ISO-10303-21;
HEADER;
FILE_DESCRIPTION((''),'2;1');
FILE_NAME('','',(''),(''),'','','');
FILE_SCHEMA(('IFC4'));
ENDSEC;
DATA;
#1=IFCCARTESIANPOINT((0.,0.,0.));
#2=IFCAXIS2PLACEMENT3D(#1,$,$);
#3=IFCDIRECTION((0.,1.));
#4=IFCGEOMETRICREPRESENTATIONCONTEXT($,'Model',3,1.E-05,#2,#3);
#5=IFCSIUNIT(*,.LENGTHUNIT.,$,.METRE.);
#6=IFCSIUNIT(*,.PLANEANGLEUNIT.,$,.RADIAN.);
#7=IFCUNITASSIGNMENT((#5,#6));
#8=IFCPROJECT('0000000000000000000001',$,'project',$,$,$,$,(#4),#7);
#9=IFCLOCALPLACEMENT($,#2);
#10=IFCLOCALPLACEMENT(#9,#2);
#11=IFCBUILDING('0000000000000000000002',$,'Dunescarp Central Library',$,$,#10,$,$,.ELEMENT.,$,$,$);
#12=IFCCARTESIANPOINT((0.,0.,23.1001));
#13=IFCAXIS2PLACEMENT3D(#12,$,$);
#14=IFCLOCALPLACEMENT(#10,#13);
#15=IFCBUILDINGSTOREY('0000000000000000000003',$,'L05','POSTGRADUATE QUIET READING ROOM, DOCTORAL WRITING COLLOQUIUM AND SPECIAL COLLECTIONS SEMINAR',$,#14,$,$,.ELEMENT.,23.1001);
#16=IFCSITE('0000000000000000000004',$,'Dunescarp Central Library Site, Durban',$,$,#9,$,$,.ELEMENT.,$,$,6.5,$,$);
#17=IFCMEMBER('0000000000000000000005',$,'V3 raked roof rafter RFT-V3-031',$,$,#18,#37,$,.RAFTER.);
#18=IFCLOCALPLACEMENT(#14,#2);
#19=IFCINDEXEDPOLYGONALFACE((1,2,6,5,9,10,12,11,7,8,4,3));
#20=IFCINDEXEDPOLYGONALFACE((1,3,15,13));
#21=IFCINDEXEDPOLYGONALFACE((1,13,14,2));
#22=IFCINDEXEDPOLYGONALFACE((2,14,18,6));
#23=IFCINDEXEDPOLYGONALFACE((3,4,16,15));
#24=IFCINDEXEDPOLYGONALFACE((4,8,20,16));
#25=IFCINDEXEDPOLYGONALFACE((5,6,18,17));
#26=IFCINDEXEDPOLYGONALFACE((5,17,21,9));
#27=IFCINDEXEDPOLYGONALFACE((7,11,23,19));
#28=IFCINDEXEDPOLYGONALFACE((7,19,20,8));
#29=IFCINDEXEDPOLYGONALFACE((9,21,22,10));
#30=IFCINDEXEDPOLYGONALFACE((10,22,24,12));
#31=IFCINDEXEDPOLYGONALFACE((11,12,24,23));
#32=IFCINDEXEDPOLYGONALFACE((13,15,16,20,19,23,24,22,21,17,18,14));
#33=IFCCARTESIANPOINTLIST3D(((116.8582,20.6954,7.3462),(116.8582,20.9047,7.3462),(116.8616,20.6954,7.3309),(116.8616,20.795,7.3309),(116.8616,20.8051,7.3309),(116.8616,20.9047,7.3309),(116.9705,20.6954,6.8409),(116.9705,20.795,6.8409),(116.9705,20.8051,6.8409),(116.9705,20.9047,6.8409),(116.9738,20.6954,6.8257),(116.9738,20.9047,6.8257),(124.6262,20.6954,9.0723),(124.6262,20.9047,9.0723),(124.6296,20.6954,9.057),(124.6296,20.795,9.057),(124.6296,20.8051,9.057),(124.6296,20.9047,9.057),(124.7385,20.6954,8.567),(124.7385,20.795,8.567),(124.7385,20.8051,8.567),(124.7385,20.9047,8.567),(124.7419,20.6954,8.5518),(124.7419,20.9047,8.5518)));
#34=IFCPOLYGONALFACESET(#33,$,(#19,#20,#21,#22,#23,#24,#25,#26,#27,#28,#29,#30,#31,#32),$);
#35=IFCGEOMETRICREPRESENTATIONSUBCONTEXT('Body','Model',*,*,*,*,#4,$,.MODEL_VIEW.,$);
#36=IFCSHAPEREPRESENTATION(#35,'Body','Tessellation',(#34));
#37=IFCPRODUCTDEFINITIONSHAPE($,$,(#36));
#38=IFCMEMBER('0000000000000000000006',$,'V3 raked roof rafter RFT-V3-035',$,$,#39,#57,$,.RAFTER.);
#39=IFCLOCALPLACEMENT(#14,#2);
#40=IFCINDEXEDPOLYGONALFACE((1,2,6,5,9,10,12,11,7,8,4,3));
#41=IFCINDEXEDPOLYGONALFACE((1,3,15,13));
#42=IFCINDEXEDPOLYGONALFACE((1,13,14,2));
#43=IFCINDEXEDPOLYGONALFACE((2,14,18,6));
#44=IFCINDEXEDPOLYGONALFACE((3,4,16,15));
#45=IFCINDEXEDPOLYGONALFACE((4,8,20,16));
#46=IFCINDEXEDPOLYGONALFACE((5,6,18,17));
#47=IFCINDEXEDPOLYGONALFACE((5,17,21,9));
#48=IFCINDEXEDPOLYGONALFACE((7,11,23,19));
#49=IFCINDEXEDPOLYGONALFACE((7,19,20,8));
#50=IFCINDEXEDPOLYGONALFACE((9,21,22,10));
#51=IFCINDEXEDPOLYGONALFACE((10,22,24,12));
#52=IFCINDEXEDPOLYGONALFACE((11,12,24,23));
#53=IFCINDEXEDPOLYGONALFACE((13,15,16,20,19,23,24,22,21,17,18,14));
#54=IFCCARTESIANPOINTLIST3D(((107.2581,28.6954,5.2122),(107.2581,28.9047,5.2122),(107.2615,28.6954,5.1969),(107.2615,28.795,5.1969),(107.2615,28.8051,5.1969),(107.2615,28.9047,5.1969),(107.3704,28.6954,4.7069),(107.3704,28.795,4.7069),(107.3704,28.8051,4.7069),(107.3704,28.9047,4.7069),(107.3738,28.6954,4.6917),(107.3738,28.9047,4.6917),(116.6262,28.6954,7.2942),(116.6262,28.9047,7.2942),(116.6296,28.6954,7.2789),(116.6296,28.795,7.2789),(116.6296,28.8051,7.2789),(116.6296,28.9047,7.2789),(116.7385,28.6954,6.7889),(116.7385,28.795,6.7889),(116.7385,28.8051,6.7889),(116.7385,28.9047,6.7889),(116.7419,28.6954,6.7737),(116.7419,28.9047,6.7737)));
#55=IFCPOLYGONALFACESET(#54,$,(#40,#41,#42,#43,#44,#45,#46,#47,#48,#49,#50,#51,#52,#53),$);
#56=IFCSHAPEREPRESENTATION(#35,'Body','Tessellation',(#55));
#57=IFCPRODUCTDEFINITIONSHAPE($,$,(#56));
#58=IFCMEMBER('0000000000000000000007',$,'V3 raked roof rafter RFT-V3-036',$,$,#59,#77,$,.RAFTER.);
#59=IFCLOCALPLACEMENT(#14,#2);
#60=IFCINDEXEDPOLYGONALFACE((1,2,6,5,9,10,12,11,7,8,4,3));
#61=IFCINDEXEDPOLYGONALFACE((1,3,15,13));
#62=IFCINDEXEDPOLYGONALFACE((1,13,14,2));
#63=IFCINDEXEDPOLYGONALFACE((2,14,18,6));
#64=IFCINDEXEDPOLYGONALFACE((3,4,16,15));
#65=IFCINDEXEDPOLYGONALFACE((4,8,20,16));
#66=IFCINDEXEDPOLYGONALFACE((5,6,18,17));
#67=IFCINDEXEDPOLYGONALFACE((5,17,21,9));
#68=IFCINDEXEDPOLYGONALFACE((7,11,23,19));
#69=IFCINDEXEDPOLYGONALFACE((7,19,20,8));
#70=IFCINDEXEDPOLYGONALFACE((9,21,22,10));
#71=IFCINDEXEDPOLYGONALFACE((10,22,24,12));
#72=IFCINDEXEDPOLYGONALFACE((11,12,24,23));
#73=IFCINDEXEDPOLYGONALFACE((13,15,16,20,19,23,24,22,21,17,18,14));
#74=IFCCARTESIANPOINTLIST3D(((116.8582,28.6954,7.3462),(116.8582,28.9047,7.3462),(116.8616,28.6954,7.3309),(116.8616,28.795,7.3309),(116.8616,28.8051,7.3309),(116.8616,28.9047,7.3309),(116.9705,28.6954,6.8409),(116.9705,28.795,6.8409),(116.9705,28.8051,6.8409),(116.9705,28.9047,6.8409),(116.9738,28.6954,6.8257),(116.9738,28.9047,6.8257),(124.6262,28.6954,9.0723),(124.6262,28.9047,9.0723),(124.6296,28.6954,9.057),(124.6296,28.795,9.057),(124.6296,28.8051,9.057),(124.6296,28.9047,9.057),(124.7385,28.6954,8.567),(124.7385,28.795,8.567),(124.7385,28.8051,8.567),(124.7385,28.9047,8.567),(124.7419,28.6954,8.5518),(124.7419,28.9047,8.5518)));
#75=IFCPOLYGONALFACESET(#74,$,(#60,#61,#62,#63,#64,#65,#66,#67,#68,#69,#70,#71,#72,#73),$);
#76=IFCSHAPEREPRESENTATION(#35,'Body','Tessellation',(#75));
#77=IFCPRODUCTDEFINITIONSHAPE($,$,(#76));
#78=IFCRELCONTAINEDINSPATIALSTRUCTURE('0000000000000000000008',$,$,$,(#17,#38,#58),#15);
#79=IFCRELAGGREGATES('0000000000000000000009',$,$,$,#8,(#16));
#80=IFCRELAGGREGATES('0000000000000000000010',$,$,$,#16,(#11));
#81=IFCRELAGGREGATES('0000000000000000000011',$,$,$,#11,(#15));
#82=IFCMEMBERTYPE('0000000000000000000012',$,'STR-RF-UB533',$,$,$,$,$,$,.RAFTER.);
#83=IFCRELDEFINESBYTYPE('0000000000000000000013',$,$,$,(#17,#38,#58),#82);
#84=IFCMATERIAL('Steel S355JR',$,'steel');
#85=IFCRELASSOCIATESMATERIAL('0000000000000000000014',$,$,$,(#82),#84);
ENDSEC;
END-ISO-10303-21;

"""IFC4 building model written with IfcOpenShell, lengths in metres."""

from ifc_helpers import new_model, si_unit, direction, frame, origin, origin_2d, place, context, subcontext, project, spatial, i_section, extrude, material, material_profile, profile_set, type_object, element, save


model = new_model("IFC4")

# Units and contexts
model_context = context("Model", 3, precision=1e-05, world=origin(), true_north=direction((0.0, 1.0)))
body_context = subcontext(model_context, "Body", "Model", "MODEL_VIEW")
ifc_project = project(units=[si_unit("LENGTHUNIT", "METRE"), si_unit("PLANEANGLEUNIT", "RADIAN")], contexts=[model_context])

# Site, building, storey
site_placement = place(None, origin())
site = spatial("IfcSite", under=ifc_project, at=site_placement, Name="Dunescarp Central Library Site, Durban", CompositionType="ELEMENT", RefElevation=6.5)
building_placement = place(site_placement, origin())
building = spatial("IfcBuilding", under=site, at=building_placement, Name="Dunescarp Central Library", CompositionType="ELEMENT")
storey_placement = place(building_placement, frame((0.0, 0.0, 23.1001)))
storey = spatial("IfcBuildingStorey", under=building, at=storey_placement, Name="L05", Description="POSTGRADUATE QUIET READING ROOM, DOCTORAL WRITING COLLOQUIUM AND SPECIAL COLLECTIONS SEMINAR", CompositionType="ELEMENT", Elevation=23.1001)

# Shared definitions
ifc_material = material(Name="Steel S355JR", Category="steel")

# Members
ifc_material_profile_1 = material_profile(ifc_material, i_section(OverallWidth=0.2092, OverallDepth=0.5332, WebThickness=0.01, FlangeThickness=0.0156, at=origin_2d()), Name="UB 533x210x92")
ifc_profile_set_1 = profile_set([ifc_material_profile_1], Name="Steel S355JR")
member_type_1 = type_object("IfcMemberType", Name="STR-RF-UB533", PredefinedType="RAFTER", material=ifc_profile_set_1)
for number, where, z_axis, x_axis, name in (
    (1, (116.916, 20.8, 7.0859), (0.976191, 0.0, 0.216911), (0.0, 1.0, 0.0), "V3 raked roof rafter RFT-V3-031"),
):
    element("IfcMember", number, at=place(storey_placement, frame(where, z_axis=z_axis, x_axis=x_axis)), inside=storey, type_object=member_type_1, Name=name, PredefinedType="RAFTER", context=body_context, shape_type="SweptSolid", body=[
        extrude(i_section(OverallWidth=0.2092, OverallDepth=0.5332, WebThickness=0.01, FlangeThickness=0.0156, at=origin_2d()), origin(), (0.0, 0.0, 1.0), 7.9575),
    ])
member_1_placement = place(storey_placement, frame((107.3159, 28.8, 4.9519), z_axis=(0.976182, 0.0, 0.216952), x_axis=(0.0, 1.0, 0.0)))
element("IfcMember", 2, at=member_1_placement, inside=storey, type_object=member_type_1, Name="V3 raked roof rafter RFT-V3-035", PredefinedType="RAFTER", context=body_context, shape_type="SweptSolid", body=[
    extrude(i_section(OverallWidth=0.2092, OverallDepth=0.5332, WebThickness=0.01, FlangeThickness=0.0156, at=origin_2d()), origin(), (0.0, 0.0, 1.0), 9.5967),
])
member_2_placement = place(storey_placement, frame((116.916, 28.8, 7.0859), z_axis=(0.976191, 0.0, 0.216911), x_axis=(0.0, 1.0, 0.0)))
element("IfcMember", 3, at=member_2_placement, inside=storey, type_object=member_type_1, Name="V3 raked roof rafter RFT-V3-036", PredefinedType="RAFTER", context=body_context, shape_type="SweptSolid", body=[
    extrude(i_section(OverallWidth=0.2092, OverallDepth=0.5332, WebThickness=0.01, FlangeThickness=0.0156, at=origin_2d()), origin(), (0.0, 0.0, 1.0), 7.9575),
])

save(model, "model.ifc")
